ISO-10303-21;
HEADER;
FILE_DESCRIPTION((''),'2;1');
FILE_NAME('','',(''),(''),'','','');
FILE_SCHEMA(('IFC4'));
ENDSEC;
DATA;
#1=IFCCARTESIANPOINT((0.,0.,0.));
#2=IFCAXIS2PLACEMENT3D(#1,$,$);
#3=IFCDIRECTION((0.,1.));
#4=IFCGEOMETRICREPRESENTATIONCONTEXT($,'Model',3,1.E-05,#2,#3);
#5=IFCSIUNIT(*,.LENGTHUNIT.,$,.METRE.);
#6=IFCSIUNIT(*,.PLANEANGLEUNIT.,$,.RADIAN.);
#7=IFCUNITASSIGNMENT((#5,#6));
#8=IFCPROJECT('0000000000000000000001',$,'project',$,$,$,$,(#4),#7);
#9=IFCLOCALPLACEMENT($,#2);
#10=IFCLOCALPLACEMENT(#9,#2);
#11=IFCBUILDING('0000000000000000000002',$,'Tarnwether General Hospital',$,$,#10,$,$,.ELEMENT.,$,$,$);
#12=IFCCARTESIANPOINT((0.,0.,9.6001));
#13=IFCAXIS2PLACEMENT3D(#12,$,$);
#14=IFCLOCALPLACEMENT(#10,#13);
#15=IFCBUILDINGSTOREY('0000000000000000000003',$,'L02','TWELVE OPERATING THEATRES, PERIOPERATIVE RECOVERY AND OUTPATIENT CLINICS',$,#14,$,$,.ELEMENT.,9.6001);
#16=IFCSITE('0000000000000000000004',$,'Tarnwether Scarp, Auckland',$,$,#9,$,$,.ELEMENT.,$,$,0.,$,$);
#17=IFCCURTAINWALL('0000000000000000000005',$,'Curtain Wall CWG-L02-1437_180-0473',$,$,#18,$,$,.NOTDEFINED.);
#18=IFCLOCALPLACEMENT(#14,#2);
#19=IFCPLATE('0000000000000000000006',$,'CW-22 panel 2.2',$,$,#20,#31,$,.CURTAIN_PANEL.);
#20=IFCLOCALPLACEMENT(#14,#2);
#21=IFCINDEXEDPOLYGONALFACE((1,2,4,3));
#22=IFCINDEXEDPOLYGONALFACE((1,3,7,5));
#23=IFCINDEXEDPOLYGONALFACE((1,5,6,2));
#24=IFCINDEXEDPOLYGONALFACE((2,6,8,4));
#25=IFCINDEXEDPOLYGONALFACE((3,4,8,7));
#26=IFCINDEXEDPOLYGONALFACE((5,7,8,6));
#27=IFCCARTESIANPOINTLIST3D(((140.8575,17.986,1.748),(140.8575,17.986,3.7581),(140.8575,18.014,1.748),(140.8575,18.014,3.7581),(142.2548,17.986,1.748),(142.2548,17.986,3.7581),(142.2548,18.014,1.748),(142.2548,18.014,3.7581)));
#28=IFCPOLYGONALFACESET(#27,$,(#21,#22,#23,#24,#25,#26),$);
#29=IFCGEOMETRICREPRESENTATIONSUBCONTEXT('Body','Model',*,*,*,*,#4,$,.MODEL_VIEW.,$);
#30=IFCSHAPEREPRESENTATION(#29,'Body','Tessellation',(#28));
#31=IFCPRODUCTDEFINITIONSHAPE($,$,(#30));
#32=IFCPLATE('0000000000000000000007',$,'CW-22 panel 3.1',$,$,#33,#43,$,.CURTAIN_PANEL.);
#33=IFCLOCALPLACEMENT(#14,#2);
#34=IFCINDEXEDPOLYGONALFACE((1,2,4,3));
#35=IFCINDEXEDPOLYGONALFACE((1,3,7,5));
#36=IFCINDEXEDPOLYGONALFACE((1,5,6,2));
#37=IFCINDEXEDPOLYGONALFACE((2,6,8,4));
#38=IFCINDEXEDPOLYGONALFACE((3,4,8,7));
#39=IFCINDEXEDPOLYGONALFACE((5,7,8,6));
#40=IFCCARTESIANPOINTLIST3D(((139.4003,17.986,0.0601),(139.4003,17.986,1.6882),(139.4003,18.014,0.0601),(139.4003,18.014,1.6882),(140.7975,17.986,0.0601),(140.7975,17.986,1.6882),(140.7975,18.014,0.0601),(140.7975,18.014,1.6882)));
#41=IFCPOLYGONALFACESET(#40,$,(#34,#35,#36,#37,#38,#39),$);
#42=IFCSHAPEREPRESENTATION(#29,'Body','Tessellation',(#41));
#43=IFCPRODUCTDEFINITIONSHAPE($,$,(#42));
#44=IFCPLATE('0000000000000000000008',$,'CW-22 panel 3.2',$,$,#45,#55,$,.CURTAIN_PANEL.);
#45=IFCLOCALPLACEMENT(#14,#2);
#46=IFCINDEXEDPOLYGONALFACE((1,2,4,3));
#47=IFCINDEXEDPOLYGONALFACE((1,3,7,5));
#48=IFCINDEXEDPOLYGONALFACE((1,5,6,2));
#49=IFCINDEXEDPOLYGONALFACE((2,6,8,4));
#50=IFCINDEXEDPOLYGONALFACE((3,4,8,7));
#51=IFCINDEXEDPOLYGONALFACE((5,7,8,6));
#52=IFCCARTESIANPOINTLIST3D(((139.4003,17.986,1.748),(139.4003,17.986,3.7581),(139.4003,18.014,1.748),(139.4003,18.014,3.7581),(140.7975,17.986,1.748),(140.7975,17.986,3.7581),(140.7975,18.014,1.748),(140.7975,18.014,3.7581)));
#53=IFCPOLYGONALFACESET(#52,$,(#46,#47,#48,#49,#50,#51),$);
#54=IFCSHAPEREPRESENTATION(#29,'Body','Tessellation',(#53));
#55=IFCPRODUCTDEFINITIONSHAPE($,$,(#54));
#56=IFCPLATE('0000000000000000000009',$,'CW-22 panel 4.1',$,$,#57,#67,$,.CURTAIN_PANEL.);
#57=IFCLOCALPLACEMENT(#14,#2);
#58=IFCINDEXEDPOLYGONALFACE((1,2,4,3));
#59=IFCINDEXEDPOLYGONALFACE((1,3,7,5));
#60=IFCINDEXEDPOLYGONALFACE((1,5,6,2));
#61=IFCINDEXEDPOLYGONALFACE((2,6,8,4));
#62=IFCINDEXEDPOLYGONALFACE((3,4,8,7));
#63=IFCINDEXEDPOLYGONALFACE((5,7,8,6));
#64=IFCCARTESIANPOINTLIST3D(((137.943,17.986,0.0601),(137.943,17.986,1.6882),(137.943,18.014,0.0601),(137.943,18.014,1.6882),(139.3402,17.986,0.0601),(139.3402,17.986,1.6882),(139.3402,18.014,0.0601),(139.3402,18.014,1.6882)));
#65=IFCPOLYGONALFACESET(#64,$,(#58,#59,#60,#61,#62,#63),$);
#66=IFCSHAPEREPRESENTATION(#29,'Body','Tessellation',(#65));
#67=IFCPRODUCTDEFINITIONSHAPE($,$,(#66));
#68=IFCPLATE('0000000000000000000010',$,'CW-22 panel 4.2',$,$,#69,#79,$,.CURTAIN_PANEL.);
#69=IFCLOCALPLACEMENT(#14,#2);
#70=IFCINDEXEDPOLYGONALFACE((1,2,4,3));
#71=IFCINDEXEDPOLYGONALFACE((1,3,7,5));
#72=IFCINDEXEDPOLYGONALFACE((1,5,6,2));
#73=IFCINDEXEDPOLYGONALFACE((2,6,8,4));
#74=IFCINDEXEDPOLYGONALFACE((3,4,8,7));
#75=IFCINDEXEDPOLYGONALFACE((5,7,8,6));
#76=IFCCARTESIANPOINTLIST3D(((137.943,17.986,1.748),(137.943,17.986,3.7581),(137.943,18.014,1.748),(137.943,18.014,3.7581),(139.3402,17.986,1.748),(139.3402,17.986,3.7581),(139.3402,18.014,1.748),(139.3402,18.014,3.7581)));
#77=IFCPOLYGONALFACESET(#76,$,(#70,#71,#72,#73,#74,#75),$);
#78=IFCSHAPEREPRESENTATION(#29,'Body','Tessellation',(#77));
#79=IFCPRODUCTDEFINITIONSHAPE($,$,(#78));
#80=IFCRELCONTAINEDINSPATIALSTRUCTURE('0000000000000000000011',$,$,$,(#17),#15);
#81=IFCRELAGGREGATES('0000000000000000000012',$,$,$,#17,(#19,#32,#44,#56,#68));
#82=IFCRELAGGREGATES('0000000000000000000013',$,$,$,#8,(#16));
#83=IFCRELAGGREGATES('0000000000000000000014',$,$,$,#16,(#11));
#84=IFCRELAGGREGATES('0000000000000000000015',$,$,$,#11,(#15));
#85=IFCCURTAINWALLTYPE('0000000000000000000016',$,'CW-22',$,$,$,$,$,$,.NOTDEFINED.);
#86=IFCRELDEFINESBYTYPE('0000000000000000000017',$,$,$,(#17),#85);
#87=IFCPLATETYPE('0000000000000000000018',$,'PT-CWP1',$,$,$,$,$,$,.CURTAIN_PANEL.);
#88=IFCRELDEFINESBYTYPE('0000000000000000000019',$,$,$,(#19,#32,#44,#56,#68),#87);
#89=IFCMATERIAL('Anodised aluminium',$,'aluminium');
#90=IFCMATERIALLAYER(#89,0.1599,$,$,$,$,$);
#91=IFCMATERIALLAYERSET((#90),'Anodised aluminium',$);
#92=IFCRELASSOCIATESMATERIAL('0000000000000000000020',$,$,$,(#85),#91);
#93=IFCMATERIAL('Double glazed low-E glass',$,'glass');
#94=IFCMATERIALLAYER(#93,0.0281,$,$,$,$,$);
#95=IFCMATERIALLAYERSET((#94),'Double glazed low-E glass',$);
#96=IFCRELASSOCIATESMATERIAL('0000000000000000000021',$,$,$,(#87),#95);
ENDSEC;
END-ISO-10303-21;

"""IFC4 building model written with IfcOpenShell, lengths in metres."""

from ifc_helpers import new_model, si_unit, direction, frame, origin, origin_2d, place, context, subcontext, project, spatial, rectangle, extrude, material, layer, layer_set, type_object, element, aggregate, save


model = new_model("IFC4")

# Units and contexts
model_context = context("Model", 3, precision=1e-05, world=origin(), true_north=direction((0.0, 1.0)))
body_context = subcontext(model_context, "Body", "Model", "MODEL_VIEW")
ifc_project = project(units=[si_unit("LENGTHUNIT", "METRE"), si_unit("PLANEANGLEUNIT", "RADIAN")], contexts=[model_context])

# Site, building, storey
site_placement = place(None, origin())
site = spatial("IfcSite", under=ifc_project, at=site_placement, Name="Tarnwether Scarp, Auckland", CompositionType="ELEMENT", RefElevation=0.0)
building_placement = place(site_placement, origin())
building = spatial("IfcBuilding", under=site, at=building_placement, Name="Tarnwether General Hospital", CompositionType="ELEMENT")
storey_placement = place(building_placement, frame((0.0, 0.0, 9.6001)))
storey = spatial("IfcBuildingStorey", under=building, at=storey_placement, Name="L02", Description="TWELVE OPERATING THEATRES, PERIOPERATIVE RECOVERY AND OUTPATIENT CLINICS", CompositionType="ELEMENT", Elevation=9.6001)

# Curtain wall
ifc_material_1 = material(Name="Anodised aluminium", Category="aluminium")
ifc_layer_1 = layer(ifc_material_1, 0.1599)
ifc_layer_set_1 = layer_set([ifc_layer_1], Name="Anodised aluminium")
curtain_wall_type_1 = type_object("IfcCurtainWallType", Name="CW-22", PredefinedType="NOTDEFINED", material=ifc_layer_set_1)
curtain_wall_1_placement = place(storey_placement, origin())
curtain_wall_1 = element("IfcCurtainWall", 1, at=curtain_wall_1_placement, inside=storey, type_object=curtain_wall_type_1, Name="Curtain Wall CWG-L02-1437_180-0473", PredefinedType="NOTDEFINED")

# Plates
ifc_material_2 = material(Name="Double glazed low-E glass", Category="glass")
ifc_layer_2 = layer(ifc_material_2, 0.0281)
ifc_layer_set_2 = layer_set([ifc_layer_2], Name="Double glazed low-E glass")
plate_type = type_object("IfcPlateType", Name="PT-CWP1", PredefinedType="CURTAIN_PANEL", material=ifc_layer_set_2)
plate_1_placement = place(storey_placement, frame((141.5562, 18.0, 1.748), z_axis=(0.0, 0.0, 1.0), x_axis=(-1.0, 0.0, 0.0)))
plate_1 = element("IfcPlate", 2, at=plate_1_placement, type_object=plate_type, Name="CW-22 panel 2.2", PredefinedType="CURTAIN_PANEL", context=body_context, shape_type="SweptSolid", body=[
    extrude(rectangle(XDim=1.3972, YDim=0.0281, at=origin_2d()), origin(), (0.0, 0.0, 1.0), 2.01),
])
plate_2_placement = place(storey_placement, frame((140.0989, 18.0, 0.0601), z_axis=(0.0, 0.0, 1.0), x_axis=(-1.0, 0.0, 0.0)))
plate_2 = element("IfcPlate", 3, at=plate_2_placement, type_object=plate_type, Name="CW-22 panel 3.1", PredefinedType="CURTAIN_PANEL", context=body_context, shape_type="SweptSolid", body=[
    extrude(rectangle(XDim=1.3972, YDim=0.0281, at=origin_2d()), origin(), (0.0, 0.0, 1.0), 1.6282),
])
plate_3_placement = place(storey_placement, frame((140.0989, 18.0, 1.748), z_axis=(0.0, 0.0, 1.0), x_axis=(-1.0, 0.0, 0.0)))
plate_3 = element("IfcPlate", 4, at=plate_3_placement, type_object=plate_type, Name="CW-22 panel 3.2", PredefinedType="CURTAIN_PANEL", context=body_context, shape_type="SweptSolid", body=[
    extrude(rectangle(XDim=1.3972, YDim=0.0281, at=origin_2d()), origin(), (0.0, 0.0, 1.0), 2.01),
])
plate_4_placement = place(storey_placement, frame((138.6416, 18.0, 0.0601), z_axis=(0.0, 0.0, 1.0), x_axis=(-1.0, 0.0, 0.0)))
plate_4 = element("IfcPlate", 5, at=plate_4_placement, type_object=plate_type, Name="CW-22 panel 4.1", PredefinedType="CURTAIN_PANEL", context=body_context, shape_type="SweptSolid", body=[
    extrude(rectangle(XDim=1.3972, YDim=0.0281, at=origin_2d()), origin(), (0.0, 0.0, 1.0), 1.6282),
])
plate_5_placement = place(storey_placement, frame((138.6416, 18.0, 1.748), z_axis=(0.0, 0.0, 1.0), x_axis=(-1.0, 0.0, 0.0)))
plate_5 = element("IfcPlate", 6, at=plate_5_placement, type_object=plate_type, Name="CW-22 panel 4.2", PredefinedType="CURTAIN_PANEL", context=body_context, shape_type="SweptSolid", body=[
    extrude(rectangle(XDim=1.3972, YDim=0.0281, at=origin_2d()), origin(), (0.0, 0.0, 1.0), 2.01),
])
aggregate(curtain_wall_1, [plate_1, plate_2, plate_3, plate_4, plate_5])

save(model, "model.ifc")
